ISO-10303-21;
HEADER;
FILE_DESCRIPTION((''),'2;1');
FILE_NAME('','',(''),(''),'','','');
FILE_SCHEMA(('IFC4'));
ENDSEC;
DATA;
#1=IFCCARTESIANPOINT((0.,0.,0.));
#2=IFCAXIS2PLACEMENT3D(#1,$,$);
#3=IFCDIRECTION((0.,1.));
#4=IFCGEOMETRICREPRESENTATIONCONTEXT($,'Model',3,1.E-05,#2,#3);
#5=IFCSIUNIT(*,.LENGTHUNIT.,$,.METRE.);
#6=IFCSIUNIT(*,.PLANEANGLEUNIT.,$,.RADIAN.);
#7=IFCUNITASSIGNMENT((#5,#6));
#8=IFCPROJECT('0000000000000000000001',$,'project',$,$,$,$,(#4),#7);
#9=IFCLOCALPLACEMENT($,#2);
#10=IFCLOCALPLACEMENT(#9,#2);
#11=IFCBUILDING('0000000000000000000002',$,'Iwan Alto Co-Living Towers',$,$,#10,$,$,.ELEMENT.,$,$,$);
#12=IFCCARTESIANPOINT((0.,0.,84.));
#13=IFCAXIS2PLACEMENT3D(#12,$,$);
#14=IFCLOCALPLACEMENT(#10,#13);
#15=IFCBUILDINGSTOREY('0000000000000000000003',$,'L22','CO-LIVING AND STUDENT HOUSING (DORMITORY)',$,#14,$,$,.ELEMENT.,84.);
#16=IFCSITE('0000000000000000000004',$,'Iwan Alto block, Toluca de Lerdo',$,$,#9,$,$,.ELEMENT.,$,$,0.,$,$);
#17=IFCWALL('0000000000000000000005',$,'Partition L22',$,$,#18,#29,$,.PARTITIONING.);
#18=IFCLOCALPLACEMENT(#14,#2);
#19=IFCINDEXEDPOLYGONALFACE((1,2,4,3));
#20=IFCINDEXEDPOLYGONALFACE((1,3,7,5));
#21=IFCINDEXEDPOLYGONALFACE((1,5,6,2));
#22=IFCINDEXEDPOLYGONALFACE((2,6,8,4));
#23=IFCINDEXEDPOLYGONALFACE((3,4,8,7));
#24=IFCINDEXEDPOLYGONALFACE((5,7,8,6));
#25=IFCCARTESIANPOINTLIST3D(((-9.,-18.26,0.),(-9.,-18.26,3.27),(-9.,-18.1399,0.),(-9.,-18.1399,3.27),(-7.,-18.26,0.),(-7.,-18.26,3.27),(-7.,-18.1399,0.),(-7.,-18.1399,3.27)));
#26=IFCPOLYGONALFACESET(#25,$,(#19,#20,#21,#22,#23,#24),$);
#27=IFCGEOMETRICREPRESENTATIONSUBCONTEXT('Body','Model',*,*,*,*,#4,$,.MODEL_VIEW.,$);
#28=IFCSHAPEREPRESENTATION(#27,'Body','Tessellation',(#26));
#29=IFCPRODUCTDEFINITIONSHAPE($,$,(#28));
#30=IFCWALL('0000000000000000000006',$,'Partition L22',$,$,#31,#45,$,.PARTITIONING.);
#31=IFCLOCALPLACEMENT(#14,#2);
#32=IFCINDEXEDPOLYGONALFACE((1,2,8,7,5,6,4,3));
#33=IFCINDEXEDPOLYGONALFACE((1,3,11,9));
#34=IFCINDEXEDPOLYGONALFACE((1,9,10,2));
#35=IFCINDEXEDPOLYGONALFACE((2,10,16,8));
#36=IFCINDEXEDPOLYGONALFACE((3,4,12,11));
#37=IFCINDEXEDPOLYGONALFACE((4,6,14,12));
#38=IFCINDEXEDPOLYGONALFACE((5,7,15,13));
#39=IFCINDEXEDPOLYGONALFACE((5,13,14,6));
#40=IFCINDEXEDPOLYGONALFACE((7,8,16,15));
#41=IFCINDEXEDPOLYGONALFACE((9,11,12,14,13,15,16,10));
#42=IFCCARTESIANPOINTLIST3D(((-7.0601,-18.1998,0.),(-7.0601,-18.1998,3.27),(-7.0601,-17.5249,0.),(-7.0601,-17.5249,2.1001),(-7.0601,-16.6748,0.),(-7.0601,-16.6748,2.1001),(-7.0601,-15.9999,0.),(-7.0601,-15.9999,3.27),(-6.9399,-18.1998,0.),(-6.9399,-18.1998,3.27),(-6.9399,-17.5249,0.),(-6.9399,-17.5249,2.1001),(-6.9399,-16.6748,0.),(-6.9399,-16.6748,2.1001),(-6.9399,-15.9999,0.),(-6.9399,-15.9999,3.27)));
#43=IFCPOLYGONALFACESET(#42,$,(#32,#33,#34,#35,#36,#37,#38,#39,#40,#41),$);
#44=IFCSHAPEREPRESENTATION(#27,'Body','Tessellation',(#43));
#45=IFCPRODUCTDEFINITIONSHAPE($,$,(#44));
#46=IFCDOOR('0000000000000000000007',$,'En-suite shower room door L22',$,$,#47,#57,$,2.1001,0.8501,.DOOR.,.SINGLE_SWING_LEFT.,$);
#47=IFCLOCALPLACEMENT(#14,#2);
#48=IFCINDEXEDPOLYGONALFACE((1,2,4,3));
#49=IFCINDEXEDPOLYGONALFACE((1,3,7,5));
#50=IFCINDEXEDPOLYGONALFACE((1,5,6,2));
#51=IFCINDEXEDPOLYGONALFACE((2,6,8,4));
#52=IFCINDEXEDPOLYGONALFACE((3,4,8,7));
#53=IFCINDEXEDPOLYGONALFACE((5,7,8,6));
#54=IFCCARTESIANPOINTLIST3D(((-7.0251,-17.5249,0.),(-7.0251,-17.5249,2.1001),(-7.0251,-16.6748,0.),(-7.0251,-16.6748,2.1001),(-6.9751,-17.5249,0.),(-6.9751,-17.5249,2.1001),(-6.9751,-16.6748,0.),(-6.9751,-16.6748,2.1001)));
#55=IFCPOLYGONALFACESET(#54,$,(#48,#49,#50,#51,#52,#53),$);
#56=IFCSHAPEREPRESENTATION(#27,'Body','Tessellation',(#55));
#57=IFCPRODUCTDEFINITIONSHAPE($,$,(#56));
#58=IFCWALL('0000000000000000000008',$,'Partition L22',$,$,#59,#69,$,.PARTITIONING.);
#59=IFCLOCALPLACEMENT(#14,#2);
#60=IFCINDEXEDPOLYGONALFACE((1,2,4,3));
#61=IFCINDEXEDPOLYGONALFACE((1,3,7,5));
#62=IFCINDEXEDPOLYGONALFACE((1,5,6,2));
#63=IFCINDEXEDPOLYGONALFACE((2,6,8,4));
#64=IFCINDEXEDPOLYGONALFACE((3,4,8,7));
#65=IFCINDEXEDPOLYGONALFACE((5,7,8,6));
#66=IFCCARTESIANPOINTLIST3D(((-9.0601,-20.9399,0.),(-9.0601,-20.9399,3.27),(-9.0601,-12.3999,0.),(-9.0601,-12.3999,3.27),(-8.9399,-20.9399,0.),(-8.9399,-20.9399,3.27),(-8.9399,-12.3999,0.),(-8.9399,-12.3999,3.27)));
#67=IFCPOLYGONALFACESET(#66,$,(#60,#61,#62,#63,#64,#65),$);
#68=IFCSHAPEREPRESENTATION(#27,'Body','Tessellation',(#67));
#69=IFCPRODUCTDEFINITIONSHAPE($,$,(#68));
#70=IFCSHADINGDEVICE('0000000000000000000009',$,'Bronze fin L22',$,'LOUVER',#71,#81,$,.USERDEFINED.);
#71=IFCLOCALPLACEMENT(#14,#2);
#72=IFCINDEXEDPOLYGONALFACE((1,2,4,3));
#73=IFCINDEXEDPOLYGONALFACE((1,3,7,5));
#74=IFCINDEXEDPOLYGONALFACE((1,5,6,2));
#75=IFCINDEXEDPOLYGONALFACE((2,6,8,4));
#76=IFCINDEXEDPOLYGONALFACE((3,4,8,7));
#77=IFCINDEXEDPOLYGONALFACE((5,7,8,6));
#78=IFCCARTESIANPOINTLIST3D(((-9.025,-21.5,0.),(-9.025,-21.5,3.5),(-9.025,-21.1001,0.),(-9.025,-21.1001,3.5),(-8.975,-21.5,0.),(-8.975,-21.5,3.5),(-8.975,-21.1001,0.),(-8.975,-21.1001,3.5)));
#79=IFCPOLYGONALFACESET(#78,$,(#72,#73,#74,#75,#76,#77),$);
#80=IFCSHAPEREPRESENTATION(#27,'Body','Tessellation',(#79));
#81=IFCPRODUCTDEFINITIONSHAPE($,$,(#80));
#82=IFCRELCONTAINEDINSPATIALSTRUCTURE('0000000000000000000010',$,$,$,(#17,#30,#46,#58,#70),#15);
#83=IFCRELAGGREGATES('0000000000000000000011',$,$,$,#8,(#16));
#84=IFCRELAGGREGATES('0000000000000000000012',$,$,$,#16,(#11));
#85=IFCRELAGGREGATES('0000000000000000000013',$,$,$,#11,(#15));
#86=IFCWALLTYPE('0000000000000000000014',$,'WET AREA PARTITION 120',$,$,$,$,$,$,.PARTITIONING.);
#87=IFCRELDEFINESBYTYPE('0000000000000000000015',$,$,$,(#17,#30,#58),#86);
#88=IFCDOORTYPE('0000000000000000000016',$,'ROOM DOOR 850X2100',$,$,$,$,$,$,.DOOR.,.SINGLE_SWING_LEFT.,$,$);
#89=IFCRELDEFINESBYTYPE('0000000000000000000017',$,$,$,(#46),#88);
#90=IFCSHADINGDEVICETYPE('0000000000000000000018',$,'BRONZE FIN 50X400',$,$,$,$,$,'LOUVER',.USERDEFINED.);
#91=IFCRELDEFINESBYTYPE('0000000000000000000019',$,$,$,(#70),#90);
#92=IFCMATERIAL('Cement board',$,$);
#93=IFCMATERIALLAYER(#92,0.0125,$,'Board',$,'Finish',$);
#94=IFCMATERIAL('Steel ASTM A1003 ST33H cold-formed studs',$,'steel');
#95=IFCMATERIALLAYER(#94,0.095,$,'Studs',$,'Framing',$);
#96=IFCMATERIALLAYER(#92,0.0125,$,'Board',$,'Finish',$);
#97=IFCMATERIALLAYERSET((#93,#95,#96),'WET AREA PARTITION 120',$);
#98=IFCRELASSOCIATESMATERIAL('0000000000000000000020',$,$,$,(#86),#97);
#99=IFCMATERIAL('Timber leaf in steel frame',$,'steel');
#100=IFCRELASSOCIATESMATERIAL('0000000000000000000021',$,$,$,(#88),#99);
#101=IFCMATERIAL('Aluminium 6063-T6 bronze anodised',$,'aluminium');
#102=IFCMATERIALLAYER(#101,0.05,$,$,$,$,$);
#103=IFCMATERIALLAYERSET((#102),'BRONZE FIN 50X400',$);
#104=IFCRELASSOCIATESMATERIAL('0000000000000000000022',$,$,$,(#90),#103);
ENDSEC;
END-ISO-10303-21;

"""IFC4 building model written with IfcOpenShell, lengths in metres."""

from ifc_helpers import new_model, si_unit, direction, frame, frame_2d, origin, origin_2d, place, context, subcontext, project, spatial, rectangle, extrude, material, layer, layer_set, type_object, element, fill, save


model = new_model("IFC4")

# Units and contexts
model_context = context("Model", 3, precision=1e-05, world=origin(), true_north=direction((0.0, 1.0)))
body_context = subcontext(model_context, "Body", "Model", "MODEL_VIEW")
ifc_project = project(units=[si_unit("LENGTHUNIT", "METRE"), si_unit("PLANEANGLEUNIT", "RADIAN")], contexts=[model_context])

# Site, building, storey
site_placement = place(None, origin())
site = spatial("IfcSite", under=ifc_project, at=site_placement, Name="Iwan Alto block, Toluca de Lerdo", CompositionType="ELEMENT", RefElevation=0.0)
building_placement = place(site_placement, origin())
building = spatial("IfcBuilding", under=site, at=building_placement, Name="Iwan Alto Co-Living Towers", CompositionType="ELEMENT")
storey_placement = place(building_placement, frame((0.0, 0.0, 84.0)))
storey = spatial("IfcBuildingStorey", under=building, at=storey_placement, Name="L22", Description="CO-LIVING AND STUDENT HOUSING (DORMITORY)", CompositionType="ELEMENT", Elevation=84.0)

# Shared definitions
ifc_material_1 = material(Name="Steel ASTM A1003 ST33H cold-formed studs", Category="steel")

# Wall
ifc_material_2 = material(Name="Cement board")
ifc_layer_1 = layer(ifc_material_2, 0.0125, Name="Board", Category="Finish")
ifc_layer_2 = layer(ifc_material_1, 0.095, Name="Studs", Category="Framing")
ifc_layer_3 = layer(ifc_material_2, 0.0125, Name="Board", Category="Finish")
ifc_layer_set_1 = layer_set([ifc_layer_1, ifc_layer_2, ifc_layer_3], Name="WET AREA PARTITION 120")
wall_type_1 = type_object("IfcWallType", Name="WET AREA PARTITION 120", PredefinedType="PARTITIONING", material=ifc_layer_set_1)
wall_1_placement = place(storey_placement, frame((-9.0, -18.2, 0.0), z_axis=(0.0, 0.0, 1.0), x_axis=(1.0, 0.0, 0.0)))
element("IfcWall", 1, at=wall_1_placement, inside=storey, type_object=wall_type_1, Name="Partition L22", PredefinedType="PARTITIONING", context=body_context, shape_type="SweptSolid", body=[
    extrude(rectangle(XDim=2.0, YDim=0.1201, at=frame_2d((1.0, 0.0))), origin(), (0.0, 0.0, 1.0), 3.27),
])

# Wall, opening, door
wall_2_placement = place(storey_placement, frame((-7.0, -18.2, 0.0), z_axis=(0.0, 0.0, 1.0), x_axis=(0.0, 1.0, 0.0)))
wall_2 = element("IfcWall", 2, at=wall_2_placement, inside=storey, type_object=wall_type_1, Name="Partition L22", PredefinedType="PARTITIONING", context=body_context, shape_type="SweptSolid", body=[
    extrude(rectangle(XDim=2.2, YDim=0.1201, at=frame_2d((1.1001, 0.0))), origin(), (0.0, 0.0, 1.0), 3.27),
])
opening_1_placement = place(wall_2_placement, frame((0.675, 0.0, 0.0)))
opening_1 = element("IfcOpeningElement", 3, at=opening_1_placement, cuts=wall_2, PredefinedType="OPENING", context=body_context, shape_type="SweptSolid", body=[
    extrude(rectangle(XDim=0.8501, YDim=2.1001, at=frame_2d((0.425, 1.05))), frame((0.0, 0.0701, 0.0), z_axis=(0.0, -1.0, 0.0), x_axis=(1.0, 0.0, 0.0)), (0.0, 0.0, 1.0), 0.1401),
])
ifc_material_3 = material(Name="Timber leaf in steel frame", Category="steel")
door_type_1 = type_object("IfcDoorType", Name="ROOM DOOR 850X2100", OperationType="SINGLE_SWING_LEFT", PredefinedType="DOOR", material=ifc_material_3)
door_1_placement = place(opening_1_placement, frame((0.8501, 0.0, 0.0), z_axis=(0.0, 0.0, 1.0), x_axis=(-1.0, 0.0, 0.0)))
door_1 = element("IfcDoor", 4, at=door_1_placement, inside=storey, type_object=door_type_1, Name="En-suite shower room door L22", OperationType="SINGLE_SWING_LEFT", OverallHeight=2.1001, OverallWidth=0.8501, PredefinedType="DOOR", context=body_context, shape_type="SweptSolid", body=[
    extrude(rectangle(XDim=0.8501, YDim=2.1001, at=frame_2d((0.425, 1.05))), frame((0.0, 0.0249, 0.0), z_axis=(0.0, -1.0, 0.0), x_axis=(1.0, 0.0, 0.0)), (0.0, 0.0, 1.0), 0.05),
])
fill(opening_1, door_1)

# Wall
wall_3_placement = place(storey_placement, frame((-9.0, -20.9399, 0.0), z_axis=(0.0, 0.0, 1.0), x_axis=(0.0, 1.0, 0.0)))
element("IfcWall", 5, at=wall_3_placement, inside=storey, type_object=wall_type_1, Name="Partition L22", PredefinedType="PARTITIONING", context=body_context, shape_type="SweptSolid", body=[
    extrude(rectangle(XDim=8.54, YDim=0.1201, at=frame_2d((4.27, 0.0))), origin(), (0.0, 0.0, 1.0), 3.27),
])

# Shading device
ifc_material_4 = material(Name="Aluminium 6063-T6 bronze anodised", Category="aluminium")
ifc_layer_4 = layer(ifc_material_4, 0.05)
ifc_layer_set_2 = layer_set([ifc_layer_4], Name="BRONZE FIN 50X400")
shading_device_type = type_object("IfcShadingDeviceType", Name="BRONZE FIN 50X400", ElementType="LOUVER", PredefinedType="USERDEFINED", material=ifc_layer_set_2)
shading_device_placement = place(storey_placement, frame((-9.0, -21.3, 0.0), z_axis=(0.0, 0.0, 1.0), x_axis=(1.0, 0.0, 0.0)))
element("IfcShadingDevice", 6, at=shading_device_placement, inside=storey, type_object=shading_device_type, Name="Bronze fin L22", ObjectType="LOUVER", PredefinedType="USERDEFINED", context=body_context, shape_type="SweptSolid", body=[
    extrude(rectangle(XDim=0.05, YDim=0.3999, at=origin_2d()), origin(), (0.0, 0.0, 1.0), 3.5),
])

save(model, "model.ifc")
